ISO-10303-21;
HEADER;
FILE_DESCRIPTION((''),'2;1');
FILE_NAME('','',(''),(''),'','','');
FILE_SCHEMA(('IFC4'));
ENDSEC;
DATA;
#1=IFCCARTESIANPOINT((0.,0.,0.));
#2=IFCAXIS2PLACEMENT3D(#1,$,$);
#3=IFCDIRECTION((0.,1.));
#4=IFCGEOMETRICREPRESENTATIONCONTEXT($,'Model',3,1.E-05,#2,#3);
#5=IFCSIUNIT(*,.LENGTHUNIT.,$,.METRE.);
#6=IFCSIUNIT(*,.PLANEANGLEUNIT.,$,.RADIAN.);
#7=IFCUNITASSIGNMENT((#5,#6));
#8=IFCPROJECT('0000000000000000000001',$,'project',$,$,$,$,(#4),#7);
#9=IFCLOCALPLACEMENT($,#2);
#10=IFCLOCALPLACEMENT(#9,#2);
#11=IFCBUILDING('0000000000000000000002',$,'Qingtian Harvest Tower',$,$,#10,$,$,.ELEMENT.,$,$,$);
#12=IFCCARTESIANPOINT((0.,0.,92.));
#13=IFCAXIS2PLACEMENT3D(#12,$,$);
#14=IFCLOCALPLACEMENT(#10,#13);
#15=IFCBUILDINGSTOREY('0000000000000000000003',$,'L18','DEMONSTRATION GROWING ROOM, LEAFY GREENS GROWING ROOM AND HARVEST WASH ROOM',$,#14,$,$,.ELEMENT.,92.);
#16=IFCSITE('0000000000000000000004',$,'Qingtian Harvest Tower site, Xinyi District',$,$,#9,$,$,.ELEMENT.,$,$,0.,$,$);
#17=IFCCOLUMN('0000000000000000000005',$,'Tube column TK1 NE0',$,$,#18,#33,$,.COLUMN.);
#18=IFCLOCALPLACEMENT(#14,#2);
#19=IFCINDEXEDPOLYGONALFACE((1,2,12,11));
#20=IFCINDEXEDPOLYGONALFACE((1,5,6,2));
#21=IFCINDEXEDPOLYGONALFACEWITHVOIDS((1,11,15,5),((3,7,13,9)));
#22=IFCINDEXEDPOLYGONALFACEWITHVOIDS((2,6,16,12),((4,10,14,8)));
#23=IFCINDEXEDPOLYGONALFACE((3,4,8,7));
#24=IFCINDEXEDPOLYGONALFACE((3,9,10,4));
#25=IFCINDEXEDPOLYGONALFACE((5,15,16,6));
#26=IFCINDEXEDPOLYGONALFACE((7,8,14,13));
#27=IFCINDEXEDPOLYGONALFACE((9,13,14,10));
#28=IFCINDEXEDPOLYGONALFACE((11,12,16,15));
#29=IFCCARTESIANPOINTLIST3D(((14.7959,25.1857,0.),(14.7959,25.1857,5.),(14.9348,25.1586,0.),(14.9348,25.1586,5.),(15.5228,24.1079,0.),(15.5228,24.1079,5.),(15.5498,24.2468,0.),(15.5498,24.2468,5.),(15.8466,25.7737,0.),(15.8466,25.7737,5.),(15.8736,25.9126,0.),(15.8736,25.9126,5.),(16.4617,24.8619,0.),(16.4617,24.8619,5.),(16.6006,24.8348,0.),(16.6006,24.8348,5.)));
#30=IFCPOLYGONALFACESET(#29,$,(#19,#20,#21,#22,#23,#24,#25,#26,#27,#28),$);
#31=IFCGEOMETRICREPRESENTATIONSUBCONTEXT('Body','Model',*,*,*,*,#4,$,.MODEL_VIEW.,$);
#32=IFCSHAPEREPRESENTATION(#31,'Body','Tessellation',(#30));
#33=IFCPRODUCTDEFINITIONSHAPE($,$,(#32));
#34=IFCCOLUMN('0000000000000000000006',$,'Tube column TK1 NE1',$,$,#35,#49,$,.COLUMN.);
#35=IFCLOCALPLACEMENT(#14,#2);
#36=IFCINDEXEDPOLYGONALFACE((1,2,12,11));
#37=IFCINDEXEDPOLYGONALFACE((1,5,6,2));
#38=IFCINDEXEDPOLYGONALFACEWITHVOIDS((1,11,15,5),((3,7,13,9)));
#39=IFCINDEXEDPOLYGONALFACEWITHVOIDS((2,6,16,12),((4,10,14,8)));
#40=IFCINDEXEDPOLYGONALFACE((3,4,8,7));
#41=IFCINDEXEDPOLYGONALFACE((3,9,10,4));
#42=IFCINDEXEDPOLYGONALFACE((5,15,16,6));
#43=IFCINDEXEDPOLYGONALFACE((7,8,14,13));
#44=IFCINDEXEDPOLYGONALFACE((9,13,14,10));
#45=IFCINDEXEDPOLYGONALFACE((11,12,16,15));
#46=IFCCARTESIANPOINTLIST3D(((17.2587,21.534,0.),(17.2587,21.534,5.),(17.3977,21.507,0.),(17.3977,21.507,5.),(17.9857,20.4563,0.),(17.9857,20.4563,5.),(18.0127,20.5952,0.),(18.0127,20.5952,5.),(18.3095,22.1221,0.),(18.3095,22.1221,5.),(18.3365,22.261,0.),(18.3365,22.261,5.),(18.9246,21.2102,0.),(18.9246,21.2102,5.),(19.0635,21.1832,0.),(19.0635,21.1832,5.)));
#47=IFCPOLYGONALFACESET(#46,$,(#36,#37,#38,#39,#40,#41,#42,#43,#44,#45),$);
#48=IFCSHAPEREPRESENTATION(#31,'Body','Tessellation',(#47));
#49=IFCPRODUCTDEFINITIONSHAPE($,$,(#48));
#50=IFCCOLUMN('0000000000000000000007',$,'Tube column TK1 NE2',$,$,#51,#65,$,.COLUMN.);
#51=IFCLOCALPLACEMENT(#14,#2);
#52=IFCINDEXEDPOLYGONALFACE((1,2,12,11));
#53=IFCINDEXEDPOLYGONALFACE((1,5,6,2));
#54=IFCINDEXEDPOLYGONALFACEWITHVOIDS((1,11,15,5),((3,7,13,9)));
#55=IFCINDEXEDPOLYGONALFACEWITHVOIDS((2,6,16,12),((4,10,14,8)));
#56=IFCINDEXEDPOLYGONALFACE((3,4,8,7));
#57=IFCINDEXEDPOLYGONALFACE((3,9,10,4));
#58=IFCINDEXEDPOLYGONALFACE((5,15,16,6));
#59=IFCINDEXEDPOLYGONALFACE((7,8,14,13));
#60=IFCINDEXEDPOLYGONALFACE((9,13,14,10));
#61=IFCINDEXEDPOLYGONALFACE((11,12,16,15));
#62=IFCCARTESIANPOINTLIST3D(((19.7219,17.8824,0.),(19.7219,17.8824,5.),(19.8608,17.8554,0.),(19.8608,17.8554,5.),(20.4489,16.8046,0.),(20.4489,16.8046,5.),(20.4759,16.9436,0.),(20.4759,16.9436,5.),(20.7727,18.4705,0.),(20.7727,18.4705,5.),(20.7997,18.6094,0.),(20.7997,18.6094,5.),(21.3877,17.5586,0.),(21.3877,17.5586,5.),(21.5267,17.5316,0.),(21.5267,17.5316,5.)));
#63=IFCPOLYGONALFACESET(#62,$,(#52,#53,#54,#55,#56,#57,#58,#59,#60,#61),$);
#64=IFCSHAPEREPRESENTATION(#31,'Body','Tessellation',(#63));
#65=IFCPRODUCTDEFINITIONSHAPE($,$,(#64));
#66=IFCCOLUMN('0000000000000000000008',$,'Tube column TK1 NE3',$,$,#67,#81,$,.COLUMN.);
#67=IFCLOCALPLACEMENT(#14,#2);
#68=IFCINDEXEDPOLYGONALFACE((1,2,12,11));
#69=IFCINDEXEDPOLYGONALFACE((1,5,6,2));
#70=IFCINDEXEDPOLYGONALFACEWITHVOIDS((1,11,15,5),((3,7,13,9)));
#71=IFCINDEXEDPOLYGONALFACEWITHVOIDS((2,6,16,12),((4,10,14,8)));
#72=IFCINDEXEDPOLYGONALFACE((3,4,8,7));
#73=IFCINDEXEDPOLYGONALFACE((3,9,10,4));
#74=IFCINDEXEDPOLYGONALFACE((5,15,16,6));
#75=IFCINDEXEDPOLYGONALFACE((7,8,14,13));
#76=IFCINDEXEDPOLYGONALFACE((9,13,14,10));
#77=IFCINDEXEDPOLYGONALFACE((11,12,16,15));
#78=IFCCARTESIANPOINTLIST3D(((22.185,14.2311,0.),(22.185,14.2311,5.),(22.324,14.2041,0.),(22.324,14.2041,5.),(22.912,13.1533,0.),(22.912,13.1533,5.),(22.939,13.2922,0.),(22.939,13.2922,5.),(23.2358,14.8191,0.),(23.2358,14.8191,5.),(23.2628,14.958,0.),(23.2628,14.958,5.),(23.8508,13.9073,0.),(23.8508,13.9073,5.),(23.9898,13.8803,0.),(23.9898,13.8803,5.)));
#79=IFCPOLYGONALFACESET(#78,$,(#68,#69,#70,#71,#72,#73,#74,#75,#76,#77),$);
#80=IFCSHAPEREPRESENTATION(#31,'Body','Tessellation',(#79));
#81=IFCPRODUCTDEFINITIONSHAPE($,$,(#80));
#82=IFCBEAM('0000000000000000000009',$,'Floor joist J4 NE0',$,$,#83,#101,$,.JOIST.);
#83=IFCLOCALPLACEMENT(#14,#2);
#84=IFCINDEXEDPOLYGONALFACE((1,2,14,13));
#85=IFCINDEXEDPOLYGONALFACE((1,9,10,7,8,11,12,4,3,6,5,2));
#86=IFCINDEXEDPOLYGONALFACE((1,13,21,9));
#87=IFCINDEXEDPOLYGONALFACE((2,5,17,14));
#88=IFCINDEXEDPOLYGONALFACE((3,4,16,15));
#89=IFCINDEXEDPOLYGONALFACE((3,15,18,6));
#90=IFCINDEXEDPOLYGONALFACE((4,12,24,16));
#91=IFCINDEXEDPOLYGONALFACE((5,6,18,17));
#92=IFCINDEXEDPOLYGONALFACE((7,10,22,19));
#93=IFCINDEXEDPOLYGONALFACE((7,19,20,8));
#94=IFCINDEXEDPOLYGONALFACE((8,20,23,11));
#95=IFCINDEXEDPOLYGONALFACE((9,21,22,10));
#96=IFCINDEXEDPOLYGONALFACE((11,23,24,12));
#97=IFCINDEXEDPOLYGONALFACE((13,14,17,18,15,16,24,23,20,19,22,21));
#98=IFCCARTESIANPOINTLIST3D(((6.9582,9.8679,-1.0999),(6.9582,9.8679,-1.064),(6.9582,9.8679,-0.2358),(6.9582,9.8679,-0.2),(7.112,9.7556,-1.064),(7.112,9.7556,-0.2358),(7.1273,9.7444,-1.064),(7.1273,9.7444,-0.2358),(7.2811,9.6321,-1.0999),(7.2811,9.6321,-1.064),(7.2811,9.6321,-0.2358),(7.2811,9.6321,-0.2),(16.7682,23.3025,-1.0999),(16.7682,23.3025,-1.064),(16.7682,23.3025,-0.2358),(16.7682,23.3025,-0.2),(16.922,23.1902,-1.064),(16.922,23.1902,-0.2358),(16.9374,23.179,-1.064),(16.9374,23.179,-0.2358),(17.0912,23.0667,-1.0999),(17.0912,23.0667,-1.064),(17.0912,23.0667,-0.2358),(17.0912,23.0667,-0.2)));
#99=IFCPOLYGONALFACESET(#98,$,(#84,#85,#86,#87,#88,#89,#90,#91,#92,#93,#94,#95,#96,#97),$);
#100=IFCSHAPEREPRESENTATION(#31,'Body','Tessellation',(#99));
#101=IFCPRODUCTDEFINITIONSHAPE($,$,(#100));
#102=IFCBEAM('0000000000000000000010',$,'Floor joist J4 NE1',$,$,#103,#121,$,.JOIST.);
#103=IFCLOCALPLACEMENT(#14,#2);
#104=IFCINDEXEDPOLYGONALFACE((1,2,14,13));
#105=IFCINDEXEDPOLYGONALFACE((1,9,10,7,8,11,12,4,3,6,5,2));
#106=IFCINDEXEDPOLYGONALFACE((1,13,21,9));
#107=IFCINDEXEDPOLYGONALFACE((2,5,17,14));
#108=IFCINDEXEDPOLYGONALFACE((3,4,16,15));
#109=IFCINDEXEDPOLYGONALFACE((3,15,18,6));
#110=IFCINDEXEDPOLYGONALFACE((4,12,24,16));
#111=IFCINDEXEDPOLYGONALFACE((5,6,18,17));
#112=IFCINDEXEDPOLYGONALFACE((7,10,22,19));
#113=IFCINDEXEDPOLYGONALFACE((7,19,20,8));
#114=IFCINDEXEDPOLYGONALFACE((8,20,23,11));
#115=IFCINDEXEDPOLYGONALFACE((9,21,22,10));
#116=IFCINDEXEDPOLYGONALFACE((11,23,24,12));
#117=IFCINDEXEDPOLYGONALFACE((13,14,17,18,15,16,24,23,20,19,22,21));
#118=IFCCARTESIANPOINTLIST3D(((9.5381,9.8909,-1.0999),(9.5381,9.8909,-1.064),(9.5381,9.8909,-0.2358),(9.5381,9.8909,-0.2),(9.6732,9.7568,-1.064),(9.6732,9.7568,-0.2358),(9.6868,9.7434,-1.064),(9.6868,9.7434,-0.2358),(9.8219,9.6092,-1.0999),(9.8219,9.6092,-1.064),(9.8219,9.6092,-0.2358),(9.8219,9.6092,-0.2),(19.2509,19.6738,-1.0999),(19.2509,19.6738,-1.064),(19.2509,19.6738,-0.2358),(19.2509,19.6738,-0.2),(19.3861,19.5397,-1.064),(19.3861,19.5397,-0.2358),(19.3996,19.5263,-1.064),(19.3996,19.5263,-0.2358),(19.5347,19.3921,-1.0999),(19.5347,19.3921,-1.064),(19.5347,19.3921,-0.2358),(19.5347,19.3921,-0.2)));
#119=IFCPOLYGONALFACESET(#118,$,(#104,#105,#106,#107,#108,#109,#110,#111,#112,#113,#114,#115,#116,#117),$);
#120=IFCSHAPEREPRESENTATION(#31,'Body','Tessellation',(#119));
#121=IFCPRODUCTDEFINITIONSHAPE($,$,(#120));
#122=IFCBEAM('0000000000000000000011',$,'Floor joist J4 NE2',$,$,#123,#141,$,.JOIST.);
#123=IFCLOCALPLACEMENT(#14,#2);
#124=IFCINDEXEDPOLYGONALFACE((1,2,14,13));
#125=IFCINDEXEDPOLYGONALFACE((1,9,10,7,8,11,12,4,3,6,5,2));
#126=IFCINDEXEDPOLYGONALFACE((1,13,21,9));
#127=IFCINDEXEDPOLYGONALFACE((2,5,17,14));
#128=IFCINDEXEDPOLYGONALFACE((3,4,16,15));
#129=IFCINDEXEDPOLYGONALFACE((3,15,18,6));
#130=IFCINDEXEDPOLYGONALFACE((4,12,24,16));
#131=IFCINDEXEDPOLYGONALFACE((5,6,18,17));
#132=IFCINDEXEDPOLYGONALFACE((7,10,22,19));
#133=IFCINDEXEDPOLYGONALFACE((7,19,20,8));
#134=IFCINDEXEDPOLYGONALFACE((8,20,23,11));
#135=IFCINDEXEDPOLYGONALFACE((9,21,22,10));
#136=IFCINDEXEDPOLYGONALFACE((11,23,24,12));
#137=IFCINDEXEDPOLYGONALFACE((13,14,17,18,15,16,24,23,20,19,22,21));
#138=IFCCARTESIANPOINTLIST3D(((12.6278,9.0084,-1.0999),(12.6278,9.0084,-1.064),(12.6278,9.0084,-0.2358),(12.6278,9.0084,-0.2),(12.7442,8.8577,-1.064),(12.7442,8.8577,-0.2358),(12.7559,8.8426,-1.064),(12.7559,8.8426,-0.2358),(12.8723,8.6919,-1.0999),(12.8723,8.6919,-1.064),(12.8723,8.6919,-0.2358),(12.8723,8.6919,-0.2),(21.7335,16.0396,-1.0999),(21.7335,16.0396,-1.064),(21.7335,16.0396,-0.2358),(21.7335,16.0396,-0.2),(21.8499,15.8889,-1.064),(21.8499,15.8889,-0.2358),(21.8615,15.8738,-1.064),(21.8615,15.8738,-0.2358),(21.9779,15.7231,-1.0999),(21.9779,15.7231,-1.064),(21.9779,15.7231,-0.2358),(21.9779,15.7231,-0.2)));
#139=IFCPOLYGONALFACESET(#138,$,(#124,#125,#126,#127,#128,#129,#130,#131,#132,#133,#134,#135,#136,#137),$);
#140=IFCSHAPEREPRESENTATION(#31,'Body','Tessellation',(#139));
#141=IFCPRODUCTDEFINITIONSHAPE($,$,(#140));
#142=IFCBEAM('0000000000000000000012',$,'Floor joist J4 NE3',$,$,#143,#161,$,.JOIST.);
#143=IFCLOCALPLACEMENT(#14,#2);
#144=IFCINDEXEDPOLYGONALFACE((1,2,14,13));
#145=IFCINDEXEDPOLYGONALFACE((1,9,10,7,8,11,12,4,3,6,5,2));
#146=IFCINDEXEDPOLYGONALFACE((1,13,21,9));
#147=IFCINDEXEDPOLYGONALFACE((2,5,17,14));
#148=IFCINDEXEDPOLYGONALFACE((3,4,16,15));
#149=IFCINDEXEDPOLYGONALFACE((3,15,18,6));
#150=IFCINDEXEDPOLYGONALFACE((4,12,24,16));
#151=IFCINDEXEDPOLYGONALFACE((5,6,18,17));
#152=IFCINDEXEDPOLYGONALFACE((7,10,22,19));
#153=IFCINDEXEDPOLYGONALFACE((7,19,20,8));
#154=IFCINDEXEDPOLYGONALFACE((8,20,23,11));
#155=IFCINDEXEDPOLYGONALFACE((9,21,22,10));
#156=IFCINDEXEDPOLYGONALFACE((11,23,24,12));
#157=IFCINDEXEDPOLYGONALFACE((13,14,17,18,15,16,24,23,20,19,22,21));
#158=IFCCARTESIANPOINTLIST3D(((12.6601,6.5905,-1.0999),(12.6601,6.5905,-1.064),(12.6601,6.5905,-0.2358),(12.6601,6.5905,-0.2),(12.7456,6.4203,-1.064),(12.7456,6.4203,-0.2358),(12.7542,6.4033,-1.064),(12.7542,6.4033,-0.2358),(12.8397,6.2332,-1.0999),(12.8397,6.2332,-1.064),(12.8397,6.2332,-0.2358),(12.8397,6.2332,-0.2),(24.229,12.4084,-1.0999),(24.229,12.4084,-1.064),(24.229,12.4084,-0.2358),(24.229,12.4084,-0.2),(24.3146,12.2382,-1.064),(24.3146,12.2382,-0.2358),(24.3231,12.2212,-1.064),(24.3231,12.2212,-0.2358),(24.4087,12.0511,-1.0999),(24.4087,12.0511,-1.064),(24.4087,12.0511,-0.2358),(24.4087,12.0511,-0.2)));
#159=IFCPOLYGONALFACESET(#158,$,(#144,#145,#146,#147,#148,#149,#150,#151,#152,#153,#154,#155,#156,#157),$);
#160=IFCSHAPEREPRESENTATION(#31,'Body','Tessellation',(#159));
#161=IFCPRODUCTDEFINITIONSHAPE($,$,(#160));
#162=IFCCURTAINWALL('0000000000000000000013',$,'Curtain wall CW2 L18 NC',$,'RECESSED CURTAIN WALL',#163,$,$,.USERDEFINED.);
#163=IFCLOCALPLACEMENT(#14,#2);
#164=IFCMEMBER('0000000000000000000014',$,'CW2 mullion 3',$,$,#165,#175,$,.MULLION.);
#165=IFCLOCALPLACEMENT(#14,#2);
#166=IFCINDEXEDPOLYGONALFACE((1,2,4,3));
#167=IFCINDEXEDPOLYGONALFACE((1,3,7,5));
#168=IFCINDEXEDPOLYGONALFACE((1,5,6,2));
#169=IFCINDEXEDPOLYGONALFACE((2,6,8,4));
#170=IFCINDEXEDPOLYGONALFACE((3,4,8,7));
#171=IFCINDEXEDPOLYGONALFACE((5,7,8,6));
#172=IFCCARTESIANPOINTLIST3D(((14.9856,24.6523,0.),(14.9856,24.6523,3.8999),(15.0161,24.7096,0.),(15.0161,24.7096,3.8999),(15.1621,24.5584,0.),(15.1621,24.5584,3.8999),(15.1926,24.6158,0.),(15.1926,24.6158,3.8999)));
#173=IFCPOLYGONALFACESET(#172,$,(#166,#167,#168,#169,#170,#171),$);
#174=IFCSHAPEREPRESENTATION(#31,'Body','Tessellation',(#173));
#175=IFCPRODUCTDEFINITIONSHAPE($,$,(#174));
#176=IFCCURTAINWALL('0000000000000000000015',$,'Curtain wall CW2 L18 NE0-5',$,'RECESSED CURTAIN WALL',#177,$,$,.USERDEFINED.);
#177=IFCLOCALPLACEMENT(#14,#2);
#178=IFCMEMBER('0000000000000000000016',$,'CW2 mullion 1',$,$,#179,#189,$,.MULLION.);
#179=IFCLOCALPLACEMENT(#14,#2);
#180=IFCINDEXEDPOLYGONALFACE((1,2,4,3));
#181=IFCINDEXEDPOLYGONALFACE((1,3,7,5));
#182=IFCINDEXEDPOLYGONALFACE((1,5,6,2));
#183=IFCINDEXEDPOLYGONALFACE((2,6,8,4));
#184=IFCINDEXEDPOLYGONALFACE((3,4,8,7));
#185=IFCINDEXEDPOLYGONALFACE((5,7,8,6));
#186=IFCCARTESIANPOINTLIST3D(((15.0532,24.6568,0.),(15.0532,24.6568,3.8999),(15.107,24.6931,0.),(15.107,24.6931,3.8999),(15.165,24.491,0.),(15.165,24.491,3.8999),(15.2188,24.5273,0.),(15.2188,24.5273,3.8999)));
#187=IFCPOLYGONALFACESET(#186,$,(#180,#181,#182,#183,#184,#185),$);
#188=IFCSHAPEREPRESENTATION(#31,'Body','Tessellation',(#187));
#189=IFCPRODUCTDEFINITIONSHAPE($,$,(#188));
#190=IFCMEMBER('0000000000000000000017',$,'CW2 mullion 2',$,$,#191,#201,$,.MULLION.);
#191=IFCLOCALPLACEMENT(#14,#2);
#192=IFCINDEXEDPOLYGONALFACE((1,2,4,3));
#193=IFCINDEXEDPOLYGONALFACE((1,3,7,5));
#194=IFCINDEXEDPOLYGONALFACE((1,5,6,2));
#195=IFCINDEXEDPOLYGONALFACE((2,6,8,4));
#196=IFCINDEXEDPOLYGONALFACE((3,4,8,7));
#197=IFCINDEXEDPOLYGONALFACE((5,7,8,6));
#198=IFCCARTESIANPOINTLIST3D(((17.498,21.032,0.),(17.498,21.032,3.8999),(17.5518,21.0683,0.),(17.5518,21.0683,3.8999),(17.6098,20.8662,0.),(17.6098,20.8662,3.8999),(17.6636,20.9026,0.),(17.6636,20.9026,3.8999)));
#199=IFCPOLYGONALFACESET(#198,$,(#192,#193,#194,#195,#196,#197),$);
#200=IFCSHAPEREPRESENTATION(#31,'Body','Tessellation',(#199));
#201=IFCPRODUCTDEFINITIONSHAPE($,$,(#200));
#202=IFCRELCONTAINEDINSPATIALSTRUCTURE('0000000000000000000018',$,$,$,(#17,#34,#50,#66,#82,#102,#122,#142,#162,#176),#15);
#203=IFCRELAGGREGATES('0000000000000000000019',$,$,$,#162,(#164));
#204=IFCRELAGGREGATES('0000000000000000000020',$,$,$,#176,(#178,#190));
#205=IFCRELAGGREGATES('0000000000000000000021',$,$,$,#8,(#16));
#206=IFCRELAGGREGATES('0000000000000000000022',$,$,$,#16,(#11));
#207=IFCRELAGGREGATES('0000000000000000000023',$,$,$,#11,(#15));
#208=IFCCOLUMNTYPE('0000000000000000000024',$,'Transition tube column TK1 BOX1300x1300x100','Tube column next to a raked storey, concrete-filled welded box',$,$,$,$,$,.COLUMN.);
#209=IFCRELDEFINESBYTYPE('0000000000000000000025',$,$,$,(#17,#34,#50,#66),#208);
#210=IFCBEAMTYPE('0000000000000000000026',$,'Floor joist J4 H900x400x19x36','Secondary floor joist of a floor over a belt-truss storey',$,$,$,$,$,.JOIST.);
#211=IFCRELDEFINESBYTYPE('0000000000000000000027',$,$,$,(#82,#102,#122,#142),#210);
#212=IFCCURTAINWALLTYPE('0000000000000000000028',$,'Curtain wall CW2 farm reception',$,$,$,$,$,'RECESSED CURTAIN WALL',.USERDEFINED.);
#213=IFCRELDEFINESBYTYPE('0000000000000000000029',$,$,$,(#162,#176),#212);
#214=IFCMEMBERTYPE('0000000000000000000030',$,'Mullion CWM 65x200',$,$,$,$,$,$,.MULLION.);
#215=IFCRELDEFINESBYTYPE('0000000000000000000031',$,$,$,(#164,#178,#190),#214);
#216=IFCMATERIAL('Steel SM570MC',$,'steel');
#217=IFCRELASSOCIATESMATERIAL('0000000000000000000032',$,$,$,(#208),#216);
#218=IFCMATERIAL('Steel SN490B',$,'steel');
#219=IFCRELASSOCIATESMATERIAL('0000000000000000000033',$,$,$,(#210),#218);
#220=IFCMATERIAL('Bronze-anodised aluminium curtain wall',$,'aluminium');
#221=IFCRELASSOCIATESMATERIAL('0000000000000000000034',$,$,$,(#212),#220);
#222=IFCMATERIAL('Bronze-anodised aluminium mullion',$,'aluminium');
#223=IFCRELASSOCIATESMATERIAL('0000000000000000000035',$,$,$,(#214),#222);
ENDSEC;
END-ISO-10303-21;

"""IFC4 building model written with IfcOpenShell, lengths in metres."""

from ifc_helpers import new_model, si_unit, direction, frame, origin, origin_2d, place, context, subcontext, project, spatial, rectangle, hollow_rectangle, i_section, extrude, material, material_profile, profile_set, type_object, element, aggregate, save


model = new_model("IFC4")

# Units and contexts
model_context = context("Model", 3, precision=1e-05, world=origin(), true_north=direction((0.0, 1.0)))
body_context = subcontext(model_context, "Body", "Model", "MODEL_VIEW")
ifc_project = project(units=[si_unit("LENGTHUNIT", "METRE"), si_unit("PLANEANGLEUNIT", "RADIAN")], contexts=[model_context])

# Site, building, storey
site_placement = place(None, origin())
site = spatial("IfcSite", under=ifc_project, at=site_placement, Name="Qingtian Harvest Tower site, Xinyi District", CompositionType="ELEMENT", RefElevation=0.0)
building_placement = place(site_placement, origin())
building = spatial("IfcBuilding", under=site, at=building_placement, Name="Qingtian Harvest Tower", CompositionType="ELEMENT")
storey_placement = place(building_placement, frame((0.0, 0.0, 92.0)))
storey = spatial("IfcBuildingStorey", under=building, at=storey_placement, Name="L18", Description="DEMONSTRATION GROWING ROOM, LEAFY GREENS GROWING ROOM AND HARVEST WASH ROOM", CompositionType="ELEMENT", Elevation=92.0)

# Columns
ifc_material_1 = material(Name="Steel SM570MC", Category="steel")
ifc_material_profile_1 = material_profile(ifc_material_1, hollow_rectangle(XDim=1.3, YDim=1.3, WallThickness=0.1001, at=origin_2d()), Name="BOX1300x1300x100")
ifc_profile_set_1 = profile_set([ifc_material_profile_1], Name="Steel SM570MC")
column_type = type_object("IfcColumnType", Name="Transition tube column TK1 BOX1300x1300x100", Description="Tube column next to a raked storey, concrete-filled welded box", PredefinedType="COLUMN", material=ifc_profile_set_1)
for number, where, z_axis, x_axis, name in (
    (1, (15.6982, 25.0103, 0.0), (0.0, 0.0, 1.0), (-0.559193, 0.829038, 0.0), "Tube column TK1 NE0"),
    (2, (18.1611, 21.3586, 0.0), (0.0, 0.0, 1.0), (-0.559193, 0.829038, 0.0), "Tube column TK1 NE1"),
    (3, (20.6243, 17.707, 0.0), (0.0, 0.0, 1.0), (-0.559193, 0.829038, 0.0), "Tube column TK1 NE2"),
    (4, (23.0874, 14.0557, 0.0), (0.0, 0.0, 1.0), (-0.559193, 0.829038, 0.0), "Tube column TK1 NE3"),
):
    element("IfcColumn", number, at=place(storey_placement, frame(where, z_axis=z_axis, x_axis=x_axis)), inside=storey, type_object=column_type, Name=name, PredefinedType="COLUMN", context=body_context, shape_type="SweptSolid", body=[
        extrude(hollow_rectangle(XDim=1.3, YDim=1.3, WallThickness=0.1001, at=origin_2d()), origin(), (0.0, 0.0, 1.0), 5.0),
    ])

# Beams
ifc_material_2 = material(Name="Steel SN490B", Category="steel")
ifc_material_profile_2 = material_profile(ifc_material_2, i_section(OverallWidth=0.3999, OverallDepth=0.8999, WebThickness=0.019, FlangeThickness=0.0359, at=origin_2d()), Name="H900x400x19x36")
ifc_profile_set_2 = profile_set([ifc_material_profile_2], Name="Steel SN490B")
beam_type_1 = type_object("IfcBeamType", Name="Floor joist J4 H900x400x19x36", Description="Secondary floor joist of a floor over a belt-truss storey", PredefinedType="JOIST", material=ifc_profile_set_2)
beam_1_placement = place(storey_placement, frame((16.9297, 23.1846, -0.6499), z_axis=(-0.589722, -0.807606, 0.0), x_axis=(0.807606, -0.589722, 0.0)))
element("IfcBeam", 5, at=beam_1_placement, inside=storey, type_object=beam_type_1, Name="Floor joist J4 NE0", PredefinedType="JOIST", context=body_context, shape_type="SweptSolid", body=[
    extrude(i_section(OverallWidth=0.3999, OverallDepth=0.8999, WebThickness=0.019, FlangeThickness=0.0359, at=origin_2d()), origin(), (0.0, 0.0, 1.0), 16.635),
])
beam_2_placement = place(storey_placement, frame((19.3928, 19.533, -0.6499), z_axis=(-0.704561, -0.709644, 0.0), x_axis=(0.709644, -0.704561, 0.0)))
element("IfcBeam", 6, at=beam_2_placement, inside=storey, type_object=beam_type_1, Name="Floor joist J4 NE1", PredefinedType="JOIST", context=body_context, shape_type="SweptSolid", body=[
    extrude(i_section(OverallWidth=0.3999, OverallDepth=0.8999, WebThickness=0.019, FlangeThickness=0.0359, at=origin_2d()), origin(), (0.0, 0.0, 1.0), 13.7856),
])
beam_3_placement = place(storey_placement, frame((21.8557, 15.8813, -0.6499), z_axis=(-0.791495, -0.611176, 0.0), x_axis=(0.611176, -0.791495, 0.0)))
element("IfcBeam", 7, at=beam_3_placement, inside=storey, type_object=beam_type_1, Name="Floor joist J4 NE2", PredefinedType="JOIST", context=body_context, shape_type="SweptSolid", body=[
    extrude(i_section(OverallWidth=0.3999, OverallDepth=0.8999, WebThickness=0.019, FlangeThickness=0.0359, at=origin_2d()), origin(), (0.0, 0.0, 1.0), 11.5044),
])
beam_4_placement = place(storey_placement, frame((24.3188, 12.2297, -0.6499), z_axis=(-0.893392, -0.449279, 0.0), x_axis=(0.449279, -0.893392, 0.0)))
element("IfcBeam", 8, at=beam_4_placement, inside=storey, type_object=beam_type_1, Name="Floor joist J4 NE3", PredefinedType="JOIST", context=body_context, shape_type="SweptSolid", body=[
    extrude(i_section(OverallWidth=0.3999, OverallDepth=0.8999, WebThickness=0.019, FlangeThickness=0.0359, at=origin_2d()), origin(), (0.0, 0.0, 1.0), 12.9495),
])

# Curtain wall, member
ifc_material_3 = material(Name="Bronze-anodised aluminium curtain wall", Category="aluminium")
curtain_wall_type = type_object("IfcCurtainWallType", Name="Curtain wall CW2 farm reception", ElementType="RECESSED CURTAIN WALL", PredefinedType="USERDEFINED", material=ifc_material_3)
curtain_wall_1_placement = place(storey_placement, origin())
curtain_wall_1 = element("IfcCurtainWall", 9, at=curtain_wall_1_placement, inside=storey, type_object=curtain_wall_type, Name="Curtain wall CW2 L18 NC", ObjectType="RECESSED CURTAIN WALL", PredefinedType="USERDEFINED")
ifc_material_4 = material(Name="Bronze-anodised aluminium mullion", Category="aluminium")
ifc_material_profile_3 = material_profile(ifc_material_4, rectangle(XDim=0.0649, YDim=0.2, at=origin_2d()), Name="AL 65x200")
ifc_profile_set_3 = profile_set([ifc_material_profile_3], Name="Bronze-anodised aluminium mullion")
member_type_1 = type_object("IfcMemberType", Name="Mullion CWM 65x200", PredefinedType="MULLION", material=ifc_profile_set_3)
member_1_placement = place(storey_placement, frame((15.0891, 24.634, 0.0), z_axis=(0.0, 0.0, 1.0), x_axis=(0.469472, 0.882948, 0.0)))
member_1 = element("IfcMember", 10, at=member_1_placement, type_object=member_type_1, Name="CW2 mullion 3", PredefinedType="MULLION", context=body_context, shape_type="SweptSolid", body=[
    extrude(rectangle(XDim=0.0649, YDim=0.2, at=origin_2d()), origin(), (0.0, 0.0, 1.0), 3.8999),
])

# Curtain wall, members
curtain_wall_2_placement = place(storey_placement, origin())
curtain_wall_2 = element("IfcCurtainWall", 11, at=curtain_wall_2_placement, inside=storey, type_object=curtain_wall_type, Name="Curtain wall CW2 L18 NE0-5", ObjectType="RECESSED CURTAIN WALL", PredefinedType="USERDEFINED")
member_2_placement = place(storey_placement, frame((15.136, 24.592, 0.0), z_axis=(0.0, 0.0, 1.0), x_axis=(0.829038, 0.559193, 0.0)))
member_2 = element("IfcMember", 12, at=member_2_placement, type_object=member_type_1, Name="CW2 mullion 1", PredefinedType="MULLION", context=body_context, shape_type="SweptSolid", body=[
    extrude(rectangle(XDim=0.0649, YDim=0.2, at=origin_2d()), origin(), (0.0, 0.0, 1.0), 3.8999),
])
member_3_placement = place(storey_placement, frame((17.5808, 20.9673, 0.0), z_axis=(0.0, 0.0, 1.0), x_axis=(0.829038, 0.559193, 0.0)))
member_3 = element("IfcMember", 13, at=member_3_placement, type_object=member_type_1, Name="CW2 mullion 2", PredefinedType="MULLION", context=body_context, shape_type="SweptSolid", body=[
    extrude(rectangle(XDim=0.0649, YDim=0.2, at=origin_2d()), origin(), (0.0, 0.0, 1.0), 3.8999),
])

aggregate(curtain_wall_1, [member_1])
aggregate(curtain_wall_2, [member_2, member_3])

save(model, "model.ifc")
